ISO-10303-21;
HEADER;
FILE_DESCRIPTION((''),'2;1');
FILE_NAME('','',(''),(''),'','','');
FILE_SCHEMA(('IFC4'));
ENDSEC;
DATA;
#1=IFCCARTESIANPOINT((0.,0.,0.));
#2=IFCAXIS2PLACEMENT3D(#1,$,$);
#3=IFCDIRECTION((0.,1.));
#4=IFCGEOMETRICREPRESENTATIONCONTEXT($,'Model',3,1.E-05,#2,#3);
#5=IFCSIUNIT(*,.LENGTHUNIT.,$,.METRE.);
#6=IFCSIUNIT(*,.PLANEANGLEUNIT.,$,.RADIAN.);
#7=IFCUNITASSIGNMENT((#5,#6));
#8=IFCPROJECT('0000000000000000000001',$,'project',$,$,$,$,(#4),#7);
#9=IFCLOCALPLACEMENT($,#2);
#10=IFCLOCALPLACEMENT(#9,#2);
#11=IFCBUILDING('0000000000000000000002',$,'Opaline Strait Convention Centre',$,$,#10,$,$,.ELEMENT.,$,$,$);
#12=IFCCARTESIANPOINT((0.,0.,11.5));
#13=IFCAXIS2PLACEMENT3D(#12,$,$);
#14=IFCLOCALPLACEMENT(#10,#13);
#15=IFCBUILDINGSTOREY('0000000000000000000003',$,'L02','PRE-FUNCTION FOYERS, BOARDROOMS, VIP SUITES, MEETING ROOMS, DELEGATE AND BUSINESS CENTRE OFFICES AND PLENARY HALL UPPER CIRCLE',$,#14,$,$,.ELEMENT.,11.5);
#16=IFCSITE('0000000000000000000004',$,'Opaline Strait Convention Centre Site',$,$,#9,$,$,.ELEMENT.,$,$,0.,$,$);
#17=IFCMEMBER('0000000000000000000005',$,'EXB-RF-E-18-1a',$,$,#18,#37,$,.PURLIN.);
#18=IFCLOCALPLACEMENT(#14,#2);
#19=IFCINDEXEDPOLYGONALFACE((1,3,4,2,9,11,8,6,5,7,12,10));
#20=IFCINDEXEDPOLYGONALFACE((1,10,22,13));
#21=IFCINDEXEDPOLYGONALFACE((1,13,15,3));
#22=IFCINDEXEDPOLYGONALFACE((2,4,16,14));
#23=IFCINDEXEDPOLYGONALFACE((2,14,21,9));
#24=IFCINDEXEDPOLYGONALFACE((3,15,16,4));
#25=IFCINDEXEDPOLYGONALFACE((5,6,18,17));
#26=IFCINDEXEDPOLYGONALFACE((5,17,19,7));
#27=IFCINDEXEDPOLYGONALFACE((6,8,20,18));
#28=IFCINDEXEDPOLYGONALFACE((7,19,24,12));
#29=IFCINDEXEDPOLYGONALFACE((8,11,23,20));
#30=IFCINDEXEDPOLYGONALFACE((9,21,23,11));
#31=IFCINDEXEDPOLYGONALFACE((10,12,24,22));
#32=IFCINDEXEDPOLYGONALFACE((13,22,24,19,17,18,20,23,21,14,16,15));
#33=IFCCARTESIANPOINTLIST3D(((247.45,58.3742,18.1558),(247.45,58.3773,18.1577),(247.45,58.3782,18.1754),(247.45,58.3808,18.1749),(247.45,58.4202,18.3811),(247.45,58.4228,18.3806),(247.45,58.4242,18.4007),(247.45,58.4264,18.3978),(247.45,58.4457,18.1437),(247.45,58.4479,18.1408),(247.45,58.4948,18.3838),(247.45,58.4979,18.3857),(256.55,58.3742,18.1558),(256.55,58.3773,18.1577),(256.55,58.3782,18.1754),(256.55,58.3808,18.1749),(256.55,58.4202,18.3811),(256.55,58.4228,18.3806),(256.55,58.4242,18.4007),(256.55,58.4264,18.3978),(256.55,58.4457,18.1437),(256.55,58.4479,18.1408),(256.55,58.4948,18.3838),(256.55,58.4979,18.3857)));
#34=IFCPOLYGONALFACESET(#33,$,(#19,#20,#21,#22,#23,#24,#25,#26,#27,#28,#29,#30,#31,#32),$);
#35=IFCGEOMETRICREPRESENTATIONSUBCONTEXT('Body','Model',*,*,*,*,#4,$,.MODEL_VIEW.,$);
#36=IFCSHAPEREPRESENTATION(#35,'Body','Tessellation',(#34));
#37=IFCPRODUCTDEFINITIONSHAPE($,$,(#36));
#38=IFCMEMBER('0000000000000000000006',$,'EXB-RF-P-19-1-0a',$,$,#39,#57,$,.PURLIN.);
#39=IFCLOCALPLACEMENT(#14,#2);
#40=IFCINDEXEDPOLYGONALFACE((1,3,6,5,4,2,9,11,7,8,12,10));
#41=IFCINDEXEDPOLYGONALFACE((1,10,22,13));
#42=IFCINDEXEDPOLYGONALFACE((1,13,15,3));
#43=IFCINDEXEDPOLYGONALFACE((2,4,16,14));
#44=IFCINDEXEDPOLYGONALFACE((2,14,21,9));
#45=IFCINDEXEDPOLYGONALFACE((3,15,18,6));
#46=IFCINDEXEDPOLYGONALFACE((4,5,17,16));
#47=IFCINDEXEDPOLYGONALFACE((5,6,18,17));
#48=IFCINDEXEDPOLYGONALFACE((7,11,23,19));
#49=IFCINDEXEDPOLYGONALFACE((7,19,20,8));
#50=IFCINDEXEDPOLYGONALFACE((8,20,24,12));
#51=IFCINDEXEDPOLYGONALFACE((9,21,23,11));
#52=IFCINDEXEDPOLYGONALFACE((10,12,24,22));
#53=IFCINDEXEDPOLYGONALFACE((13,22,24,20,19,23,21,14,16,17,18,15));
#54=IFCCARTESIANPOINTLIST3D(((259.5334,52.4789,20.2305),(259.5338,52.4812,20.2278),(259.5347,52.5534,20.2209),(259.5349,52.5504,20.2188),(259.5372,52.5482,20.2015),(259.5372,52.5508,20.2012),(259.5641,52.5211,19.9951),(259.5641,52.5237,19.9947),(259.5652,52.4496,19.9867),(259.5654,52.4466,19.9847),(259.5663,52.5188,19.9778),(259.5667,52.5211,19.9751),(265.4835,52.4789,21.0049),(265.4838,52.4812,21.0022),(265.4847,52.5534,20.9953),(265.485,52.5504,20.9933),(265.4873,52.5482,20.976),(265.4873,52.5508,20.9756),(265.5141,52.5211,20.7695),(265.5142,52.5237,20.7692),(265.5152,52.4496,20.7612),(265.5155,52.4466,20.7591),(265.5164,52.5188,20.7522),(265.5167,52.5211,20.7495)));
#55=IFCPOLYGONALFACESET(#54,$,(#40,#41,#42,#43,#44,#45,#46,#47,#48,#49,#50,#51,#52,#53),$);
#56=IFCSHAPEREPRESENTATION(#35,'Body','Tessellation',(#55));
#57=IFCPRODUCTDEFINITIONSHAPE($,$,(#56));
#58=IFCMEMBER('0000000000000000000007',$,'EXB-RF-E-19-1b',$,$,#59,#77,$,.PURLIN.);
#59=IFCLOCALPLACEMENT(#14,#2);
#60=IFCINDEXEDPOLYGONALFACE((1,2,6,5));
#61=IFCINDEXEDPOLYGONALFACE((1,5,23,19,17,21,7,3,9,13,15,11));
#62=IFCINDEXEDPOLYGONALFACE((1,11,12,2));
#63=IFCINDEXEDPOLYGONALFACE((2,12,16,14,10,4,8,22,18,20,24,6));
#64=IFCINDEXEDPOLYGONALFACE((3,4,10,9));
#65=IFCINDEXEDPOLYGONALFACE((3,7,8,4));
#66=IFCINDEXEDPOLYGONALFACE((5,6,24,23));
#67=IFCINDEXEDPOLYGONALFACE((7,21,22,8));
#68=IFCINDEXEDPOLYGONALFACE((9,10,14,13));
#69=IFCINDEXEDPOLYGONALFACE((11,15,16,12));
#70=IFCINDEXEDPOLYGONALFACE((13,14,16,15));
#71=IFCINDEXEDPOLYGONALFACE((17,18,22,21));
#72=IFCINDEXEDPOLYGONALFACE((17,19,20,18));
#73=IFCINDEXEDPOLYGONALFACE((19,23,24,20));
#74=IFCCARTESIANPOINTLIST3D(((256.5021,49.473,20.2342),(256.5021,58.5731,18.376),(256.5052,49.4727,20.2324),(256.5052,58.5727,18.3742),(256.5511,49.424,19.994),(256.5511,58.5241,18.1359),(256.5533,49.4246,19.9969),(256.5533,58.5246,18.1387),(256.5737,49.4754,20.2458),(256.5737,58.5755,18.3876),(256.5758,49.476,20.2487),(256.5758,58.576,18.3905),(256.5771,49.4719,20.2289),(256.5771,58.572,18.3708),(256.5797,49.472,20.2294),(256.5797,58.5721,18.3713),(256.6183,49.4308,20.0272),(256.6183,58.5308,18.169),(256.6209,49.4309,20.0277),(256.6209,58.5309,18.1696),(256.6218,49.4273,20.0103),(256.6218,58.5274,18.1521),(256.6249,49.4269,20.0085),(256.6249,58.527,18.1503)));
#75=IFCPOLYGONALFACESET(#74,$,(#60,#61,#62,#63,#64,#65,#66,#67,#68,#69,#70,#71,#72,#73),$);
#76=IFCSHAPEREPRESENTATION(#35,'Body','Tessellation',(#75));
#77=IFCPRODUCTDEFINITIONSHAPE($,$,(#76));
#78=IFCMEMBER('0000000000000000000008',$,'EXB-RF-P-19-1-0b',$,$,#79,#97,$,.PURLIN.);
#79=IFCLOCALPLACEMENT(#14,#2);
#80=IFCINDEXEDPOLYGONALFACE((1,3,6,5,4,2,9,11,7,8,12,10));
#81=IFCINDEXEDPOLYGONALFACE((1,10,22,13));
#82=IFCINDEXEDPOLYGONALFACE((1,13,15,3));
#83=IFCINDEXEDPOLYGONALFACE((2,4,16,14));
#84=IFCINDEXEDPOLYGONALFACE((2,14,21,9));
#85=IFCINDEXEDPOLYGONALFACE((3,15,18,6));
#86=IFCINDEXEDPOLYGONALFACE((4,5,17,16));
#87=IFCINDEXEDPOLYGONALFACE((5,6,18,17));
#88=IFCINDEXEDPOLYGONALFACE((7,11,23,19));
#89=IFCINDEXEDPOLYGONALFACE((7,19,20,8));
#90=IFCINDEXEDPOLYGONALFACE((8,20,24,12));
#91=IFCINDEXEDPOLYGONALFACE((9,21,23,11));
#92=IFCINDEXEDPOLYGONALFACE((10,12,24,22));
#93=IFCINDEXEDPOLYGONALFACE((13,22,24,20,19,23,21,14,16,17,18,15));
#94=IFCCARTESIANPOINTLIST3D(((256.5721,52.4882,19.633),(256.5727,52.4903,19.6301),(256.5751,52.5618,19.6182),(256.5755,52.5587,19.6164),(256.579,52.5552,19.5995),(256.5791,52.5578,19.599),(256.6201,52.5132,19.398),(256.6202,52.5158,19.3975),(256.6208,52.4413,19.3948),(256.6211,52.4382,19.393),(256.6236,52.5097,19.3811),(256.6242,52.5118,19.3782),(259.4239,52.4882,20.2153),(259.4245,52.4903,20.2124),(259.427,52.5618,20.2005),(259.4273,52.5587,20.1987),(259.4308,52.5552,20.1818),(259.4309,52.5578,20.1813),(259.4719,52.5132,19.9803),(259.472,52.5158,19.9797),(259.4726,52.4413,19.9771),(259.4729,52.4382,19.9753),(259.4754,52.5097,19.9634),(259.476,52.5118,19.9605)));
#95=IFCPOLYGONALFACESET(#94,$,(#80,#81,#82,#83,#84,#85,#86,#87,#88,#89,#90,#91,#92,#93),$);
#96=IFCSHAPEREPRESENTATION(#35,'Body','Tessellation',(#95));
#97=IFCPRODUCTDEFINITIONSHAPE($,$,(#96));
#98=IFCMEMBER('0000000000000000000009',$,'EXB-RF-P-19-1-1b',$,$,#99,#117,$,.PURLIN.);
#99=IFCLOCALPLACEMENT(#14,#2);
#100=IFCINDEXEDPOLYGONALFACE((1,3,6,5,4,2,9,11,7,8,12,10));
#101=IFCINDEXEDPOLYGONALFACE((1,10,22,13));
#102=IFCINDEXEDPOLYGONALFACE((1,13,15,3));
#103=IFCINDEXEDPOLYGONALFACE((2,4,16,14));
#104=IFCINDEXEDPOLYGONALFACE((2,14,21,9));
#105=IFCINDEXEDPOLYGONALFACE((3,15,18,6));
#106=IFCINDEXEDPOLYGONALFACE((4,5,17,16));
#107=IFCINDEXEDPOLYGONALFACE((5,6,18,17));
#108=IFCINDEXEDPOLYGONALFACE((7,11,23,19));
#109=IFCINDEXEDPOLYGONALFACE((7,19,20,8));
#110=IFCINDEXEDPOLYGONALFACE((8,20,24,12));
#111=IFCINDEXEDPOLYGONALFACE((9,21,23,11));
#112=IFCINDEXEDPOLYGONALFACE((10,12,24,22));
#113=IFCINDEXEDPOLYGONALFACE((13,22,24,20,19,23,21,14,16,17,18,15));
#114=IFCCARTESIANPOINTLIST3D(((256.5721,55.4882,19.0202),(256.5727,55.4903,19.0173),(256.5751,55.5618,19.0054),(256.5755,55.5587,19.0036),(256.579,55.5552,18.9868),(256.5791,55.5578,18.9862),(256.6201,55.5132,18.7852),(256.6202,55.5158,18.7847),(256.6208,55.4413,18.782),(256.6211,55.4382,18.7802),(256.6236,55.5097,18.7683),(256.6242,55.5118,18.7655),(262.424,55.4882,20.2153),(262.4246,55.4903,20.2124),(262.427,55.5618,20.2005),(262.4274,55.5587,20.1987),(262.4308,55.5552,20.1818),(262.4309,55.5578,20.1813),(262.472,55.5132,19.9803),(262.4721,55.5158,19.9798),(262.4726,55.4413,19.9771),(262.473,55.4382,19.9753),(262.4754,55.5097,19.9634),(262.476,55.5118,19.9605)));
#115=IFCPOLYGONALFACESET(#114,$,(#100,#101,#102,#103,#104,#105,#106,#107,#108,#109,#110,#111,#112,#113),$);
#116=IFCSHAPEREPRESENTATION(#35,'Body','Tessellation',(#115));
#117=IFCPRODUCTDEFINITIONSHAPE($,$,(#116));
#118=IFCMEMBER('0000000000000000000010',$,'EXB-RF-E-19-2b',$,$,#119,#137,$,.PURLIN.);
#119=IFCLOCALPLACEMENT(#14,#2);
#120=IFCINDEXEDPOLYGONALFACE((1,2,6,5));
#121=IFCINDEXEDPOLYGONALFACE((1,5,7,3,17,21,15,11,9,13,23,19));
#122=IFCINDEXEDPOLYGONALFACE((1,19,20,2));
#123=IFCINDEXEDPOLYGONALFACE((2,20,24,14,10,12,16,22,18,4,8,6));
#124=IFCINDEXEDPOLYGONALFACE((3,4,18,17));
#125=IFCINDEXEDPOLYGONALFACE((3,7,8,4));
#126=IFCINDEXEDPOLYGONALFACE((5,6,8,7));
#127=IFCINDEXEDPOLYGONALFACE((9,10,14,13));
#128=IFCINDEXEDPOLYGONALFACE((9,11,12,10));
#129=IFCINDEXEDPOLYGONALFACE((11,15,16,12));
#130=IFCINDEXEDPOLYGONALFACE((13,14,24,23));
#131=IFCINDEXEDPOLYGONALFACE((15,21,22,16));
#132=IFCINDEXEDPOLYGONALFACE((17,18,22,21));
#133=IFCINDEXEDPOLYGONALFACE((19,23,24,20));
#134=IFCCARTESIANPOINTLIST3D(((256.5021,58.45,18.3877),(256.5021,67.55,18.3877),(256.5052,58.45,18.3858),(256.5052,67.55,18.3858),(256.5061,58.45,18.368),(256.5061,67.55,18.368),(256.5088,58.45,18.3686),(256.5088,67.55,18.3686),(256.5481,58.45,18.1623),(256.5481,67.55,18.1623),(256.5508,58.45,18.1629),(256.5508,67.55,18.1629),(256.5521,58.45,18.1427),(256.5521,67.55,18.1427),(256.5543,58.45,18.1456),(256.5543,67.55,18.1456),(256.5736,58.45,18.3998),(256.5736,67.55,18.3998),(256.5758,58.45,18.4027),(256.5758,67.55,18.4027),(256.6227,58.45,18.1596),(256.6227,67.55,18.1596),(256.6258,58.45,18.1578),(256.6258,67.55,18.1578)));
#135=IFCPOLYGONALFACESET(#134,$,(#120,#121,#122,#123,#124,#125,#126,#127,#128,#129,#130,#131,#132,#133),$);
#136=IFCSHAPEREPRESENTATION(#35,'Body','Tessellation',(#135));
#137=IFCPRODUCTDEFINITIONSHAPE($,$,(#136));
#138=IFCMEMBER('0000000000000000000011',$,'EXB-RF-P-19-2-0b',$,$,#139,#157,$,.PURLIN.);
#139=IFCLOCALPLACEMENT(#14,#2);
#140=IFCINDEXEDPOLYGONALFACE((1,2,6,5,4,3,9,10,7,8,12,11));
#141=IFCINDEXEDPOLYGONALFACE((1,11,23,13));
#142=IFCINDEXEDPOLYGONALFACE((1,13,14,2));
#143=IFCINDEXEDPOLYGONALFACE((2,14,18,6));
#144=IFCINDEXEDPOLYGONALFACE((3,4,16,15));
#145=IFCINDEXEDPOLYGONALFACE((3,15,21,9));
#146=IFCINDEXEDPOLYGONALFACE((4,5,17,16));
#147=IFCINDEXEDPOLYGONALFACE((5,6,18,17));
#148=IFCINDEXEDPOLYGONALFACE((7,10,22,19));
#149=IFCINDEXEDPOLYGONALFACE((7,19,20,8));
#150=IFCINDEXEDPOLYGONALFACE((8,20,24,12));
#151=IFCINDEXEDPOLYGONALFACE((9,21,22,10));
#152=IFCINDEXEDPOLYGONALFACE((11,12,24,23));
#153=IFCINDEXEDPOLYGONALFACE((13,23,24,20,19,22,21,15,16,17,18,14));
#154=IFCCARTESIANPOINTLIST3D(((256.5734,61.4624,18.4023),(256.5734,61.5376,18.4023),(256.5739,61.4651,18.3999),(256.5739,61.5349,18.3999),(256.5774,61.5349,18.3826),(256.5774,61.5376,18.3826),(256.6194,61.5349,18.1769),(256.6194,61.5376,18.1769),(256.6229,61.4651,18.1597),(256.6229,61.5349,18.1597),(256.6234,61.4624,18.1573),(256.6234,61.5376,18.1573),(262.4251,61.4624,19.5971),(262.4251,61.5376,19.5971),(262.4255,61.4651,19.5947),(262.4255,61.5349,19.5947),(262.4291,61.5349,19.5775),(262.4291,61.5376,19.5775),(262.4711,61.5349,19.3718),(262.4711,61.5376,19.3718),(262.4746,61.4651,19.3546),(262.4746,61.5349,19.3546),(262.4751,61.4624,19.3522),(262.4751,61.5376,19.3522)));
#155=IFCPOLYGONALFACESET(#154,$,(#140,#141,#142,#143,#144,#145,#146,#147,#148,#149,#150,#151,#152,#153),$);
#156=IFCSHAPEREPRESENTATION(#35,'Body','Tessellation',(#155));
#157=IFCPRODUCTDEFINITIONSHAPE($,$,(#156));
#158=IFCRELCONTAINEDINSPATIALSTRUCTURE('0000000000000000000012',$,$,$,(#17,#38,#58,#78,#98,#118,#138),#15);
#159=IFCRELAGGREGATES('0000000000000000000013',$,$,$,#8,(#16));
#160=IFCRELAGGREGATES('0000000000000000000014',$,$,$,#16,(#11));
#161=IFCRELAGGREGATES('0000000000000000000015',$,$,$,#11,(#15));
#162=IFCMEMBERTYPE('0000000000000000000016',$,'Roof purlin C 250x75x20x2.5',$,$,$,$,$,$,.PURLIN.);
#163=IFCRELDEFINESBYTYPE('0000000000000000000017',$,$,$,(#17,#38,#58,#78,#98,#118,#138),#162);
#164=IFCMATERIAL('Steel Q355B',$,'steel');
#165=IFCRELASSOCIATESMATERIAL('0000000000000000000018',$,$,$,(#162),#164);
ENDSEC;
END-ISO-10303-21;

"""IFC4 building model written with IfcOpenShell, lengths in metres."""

from ifc_helpers import new_model, si_unit, direction, frame, origin, place, context, subcontext, project, spatial, polyline, outline, extrude, material, material_profile, profile_set, type_object, element, save


model = new_model("IFC4")

# Units and contexts
model_context = context("Model", 3, precision=1e-05, world=origin(), true_north=direction((0.0, 1.0)))
body_context = subcontext(model_context, "Body", "Model", "MODEL_VIEW")
ifc_project = project(units=[si_unit("LENGTHUNIT", "METRE"), si_unit("PLANEANGLEUNIT", "RADIAN")], contexts=[model_context])

# Site, building, storey
site_placement = place(None, origin())
site = spatial("IfcSite", under=ifc_project, at=site_placement, Name="Opaline Strait Convention Centre Site", CompositionType="ELEMENT", RefElevation=0.0)
building_placement = place(site_placement, origin())
building = spatial("IfcBuilding", under=site, at=building_placement, Name="Opaline Strait Convention Centre", CompositionType="ELEMENT")
storey_placement = place(building_placement, frame((0.0, 0.0, 11.5)))
storey = spatial("IfcBuildingStorey", under=building, at=storey_placement, Name="L02", Description="PRE-FUNCTION FOYERS, BOARDROOMS, VIP SUITES, MEETING ROOMS, DELEGATE AND BUSINESS CENTRE OFFICES AND PLENARY HALL UPPER CIRCLE", CompositionType="ELEMENT", Elevation=11.5)

# Members
ifc_material_1 = material(Name="Steel Q355B", Category="steel")
ifc_material_profile_1 = material_profile(ifc_material_1, outline(polyline([(-0.0376, -0.125), (0.0376, -0.125), (0.0376, -0.105), (0.0349, -0.105), (0.0349, -0.1226), (-0.0349, -0.1226), (-0.0349, 0.1226), (0.0349, 0.1226), (0.0349, 0.105), (0.0376, 0.105), (0.0376, 0.125), (-0.0376, 0.125), (-0.0376, -0.125)])), Name="C 250x75x20x2.5")
ifc_profile_set_1 = profile_set([ifc_material_profile_1], Name="Steel Q355B")
member_type_1 = type_object("IfcMemberType", Name="Roof purlin C 250x75x20x2.5", PredefinedType="PURLIN", material=ifc_profile_set_1)
member_1_placement = place(storey_placement, frame((256.55, 58.436, 18.2708), z_axis=(-1.0, 0.0, 0.0), x_axis=(0.0, -0.97978, 0.200078)))
element("IfcMember", 1, at=member_1_placement, inside=storey, type_object=member_type_1, Name="EXB-RF-E-18-1a", PredefinedType="PURLIN", context=body_context, shape_type="SweptSolid", body=[
    extrude(outline(polyline([(-0.0376, -0.125), (0.0376, -0.125), (0.0376, -0.105), (0.0349, -0.105), (0.0349, -0.1226), (-0.0349, -0.1226), (-0.0349, 0.1226), (0.0349, 0.1226), (0.0349, 0.105), (0.0376, 0.105), (0.0376, 0.125), (-0.0376, 0.125), (-0.0376, -0.125)])), origin(), (0.0, 0.0, 1.0), 9.1001),
])
member_2_placement = place(storey_placement, frame((259.55, 52.5, 20.1028), z_axis=(0.991636, 0.0, 0.129066), x_axis=(0.016662, 0.991632, -0.128015)))
element("IfcMember", 2, at=member_2_placement, inside=storey, type_object=member_type_1, Name="EXB-RF-P-19-1-0a", PredefinedType="PURLIN", context=body_context, shape_type="SweptSolid", body=[
    extrude(outline(polyline([(-0.0376, -0.125), (0.0376, -0.125), (0.0376, -0.105), (0.0349, -0.105), (0.0349, -0.1226), (-0.0349, -0.1226), (-0.0349, 0.1226), (0.0349, 0.1226), (0.0349, 0.105), (0.0376, 0.105), (0.0376, 0.125), (-0.0376, 0.125), (-0.0376, -0.125)])), origin(), (0.0, 0.0, 1.0), 6.0002),
])
member_3_placement = place(storey_placement, frame((256.5635, 58.55, 18.2632), z_axis=(0.0, -0.979783, 0.200062), x_axis=(0.980566, 0.03925, 0.192223)))
element("IfcMember", 3, at=member_3_placement, inside=storey, type_object=member_type_1, Name="EXB-RF-E-19-1b", PredefinedType="PURLIN", context=body_context, shape_type="SweptSolid", body=[
    extrude(outline(polyline([(-0.0376, -0.125), (0.0376, -0.125), (0.0376, -0.105), (0.0349, -0.105), (0.0349, -0.1226), (-0.0349, -0.1226), (-0.0349, 0.1226), (0.0349, 0.1226), (0.0349, 0.105), (0.0376, 0.105), (0.0376, 0.125), (-0.0376, 0.125), (-0.0376, -0.125)])), origin(), (0.0, 0.0, 1.0), 9.2878),
])
member_4_placement = place(storey_placement, frame((256.5981, 52.5, 19.5056), z_axis=(0.979786, 0.0, 0.20005), x_axis=(0.040026, 0.97978, -0.196033)))
element("IfcMember", 4, at=member_4_placement, inside=storey, type_object=member_type_1, Name="EXB-RF-P-19-1-0b", PredefinedType="PURLIN", context=body_context, shape_type="SweptSolid", body=[
    extrude(outline(polyline([(-0.0376, -0.125), (0.0376, -0.125), (0.0376, -0.105), (0.0349, -0.105), (0.0349, -0.1226), (-0.0349, -0.1226), (-0.0349, 0.1226), (0.0349, 0.1226), (0.0349, 0.105), (0.0376, 0.105), (0.0376, 0.125), (-0.0376, 0.125), (-0.0376, -0.125)])), origin(), (0.0, 0.0, 1.0), 2.9106),
])
member_5_placement = place(storey_placement, frame((256.5981, 55.5, 18.8928), z_axis=(0.979777, 0.0, 0.200092), x_axis=(0.040034, 0.97978, -0.196031)))
element("IfcMember", 5, at=member_5_placement, inside=storey, type_object=member_type_1, Name="EXB-RF-P-19-1-1b", PredefinedType="PURLIN", context=body_context, shape_type="SweptSolid", body=[
    extrude(outline(polyline([(-0.0376, -0.125), (0.0376, -0.125), (0.0376, -0.105), (0.0349, -0.105), (0.0349, -0.1226), (-0.0349, -0.1226), (-0.0349, 0.1226), (0.0349, 0.1226), (0.0349, 0.105), (0.0376, 0.105), (0.0376, 0.125), (-0.0376, 0.125), (-0.0376, -0.125)])), origin(), (0.0, 0.0, 1.0), 5.9727),
])
member_6_placement = place(storey_placement, frame((256.564, 58.45, 18.2727), z_axis=(0.0, 1.0, 0.0), x_axis=(-0.97978, 0.0, -0.200078)))
element("IfcMember", 6, at=member_6_placement, inside=storey, type_object=member_type_1, Name="EXB-RF-E-19-2b", PredefinedType="PURLIN", context=body_context, shape_type="SweptSolid", body=[
    extrude(outline(polyline([(-0.0376, -0.125), (0.0376, -0.125), (0.0376, -0.105), (0.0349, -0.105), (0.0349, -0.1226), (-0.0349, -0.1226), (-0.0349, 0.1226), (0.0349, 0.1226), (0.0349, 0.105), (0.0376, 0.105), (0.0376, 0.125), (-0.0376, 0.125), (-0.0376, -0.125)])), origin(), (0.0, 0.0, 1.0), 9.1001),
])
member_7_placement = place(storey_placement, frame((256.5984, 61.5, 18.2798), z_axis=(0.979783, 0.0, 0.200061), x_axis=(0.0, 1.0, 0.0)))
element("IfcMember", 7, at=member_7_placement, inside=storey, type_object=member_type_1, Name="EXB-RF-P-19-2-0b", PredefinedType="PURLIN", context=body_context, shape_type="SweptSolid", body=[
    extrude(outline(polyline([(-0.0376, -0.125), (0.0376, -0.125), (0.0376, -0.105), (0.0349, -0.105), (0.0349, -0.1226), (-0.0349, -0.1226), (-0.0349, 0.1226), (0.0349, 0.1226), (0.0349, 0.105), (0.0376, 0.105), (0.0376, 0.125), (-0.0376, 0.125), (-0.0376, -0.125)])), origin(), (0.0, 0.0, 1.0), 5.9724),
])

save(model, "model.ifc")
